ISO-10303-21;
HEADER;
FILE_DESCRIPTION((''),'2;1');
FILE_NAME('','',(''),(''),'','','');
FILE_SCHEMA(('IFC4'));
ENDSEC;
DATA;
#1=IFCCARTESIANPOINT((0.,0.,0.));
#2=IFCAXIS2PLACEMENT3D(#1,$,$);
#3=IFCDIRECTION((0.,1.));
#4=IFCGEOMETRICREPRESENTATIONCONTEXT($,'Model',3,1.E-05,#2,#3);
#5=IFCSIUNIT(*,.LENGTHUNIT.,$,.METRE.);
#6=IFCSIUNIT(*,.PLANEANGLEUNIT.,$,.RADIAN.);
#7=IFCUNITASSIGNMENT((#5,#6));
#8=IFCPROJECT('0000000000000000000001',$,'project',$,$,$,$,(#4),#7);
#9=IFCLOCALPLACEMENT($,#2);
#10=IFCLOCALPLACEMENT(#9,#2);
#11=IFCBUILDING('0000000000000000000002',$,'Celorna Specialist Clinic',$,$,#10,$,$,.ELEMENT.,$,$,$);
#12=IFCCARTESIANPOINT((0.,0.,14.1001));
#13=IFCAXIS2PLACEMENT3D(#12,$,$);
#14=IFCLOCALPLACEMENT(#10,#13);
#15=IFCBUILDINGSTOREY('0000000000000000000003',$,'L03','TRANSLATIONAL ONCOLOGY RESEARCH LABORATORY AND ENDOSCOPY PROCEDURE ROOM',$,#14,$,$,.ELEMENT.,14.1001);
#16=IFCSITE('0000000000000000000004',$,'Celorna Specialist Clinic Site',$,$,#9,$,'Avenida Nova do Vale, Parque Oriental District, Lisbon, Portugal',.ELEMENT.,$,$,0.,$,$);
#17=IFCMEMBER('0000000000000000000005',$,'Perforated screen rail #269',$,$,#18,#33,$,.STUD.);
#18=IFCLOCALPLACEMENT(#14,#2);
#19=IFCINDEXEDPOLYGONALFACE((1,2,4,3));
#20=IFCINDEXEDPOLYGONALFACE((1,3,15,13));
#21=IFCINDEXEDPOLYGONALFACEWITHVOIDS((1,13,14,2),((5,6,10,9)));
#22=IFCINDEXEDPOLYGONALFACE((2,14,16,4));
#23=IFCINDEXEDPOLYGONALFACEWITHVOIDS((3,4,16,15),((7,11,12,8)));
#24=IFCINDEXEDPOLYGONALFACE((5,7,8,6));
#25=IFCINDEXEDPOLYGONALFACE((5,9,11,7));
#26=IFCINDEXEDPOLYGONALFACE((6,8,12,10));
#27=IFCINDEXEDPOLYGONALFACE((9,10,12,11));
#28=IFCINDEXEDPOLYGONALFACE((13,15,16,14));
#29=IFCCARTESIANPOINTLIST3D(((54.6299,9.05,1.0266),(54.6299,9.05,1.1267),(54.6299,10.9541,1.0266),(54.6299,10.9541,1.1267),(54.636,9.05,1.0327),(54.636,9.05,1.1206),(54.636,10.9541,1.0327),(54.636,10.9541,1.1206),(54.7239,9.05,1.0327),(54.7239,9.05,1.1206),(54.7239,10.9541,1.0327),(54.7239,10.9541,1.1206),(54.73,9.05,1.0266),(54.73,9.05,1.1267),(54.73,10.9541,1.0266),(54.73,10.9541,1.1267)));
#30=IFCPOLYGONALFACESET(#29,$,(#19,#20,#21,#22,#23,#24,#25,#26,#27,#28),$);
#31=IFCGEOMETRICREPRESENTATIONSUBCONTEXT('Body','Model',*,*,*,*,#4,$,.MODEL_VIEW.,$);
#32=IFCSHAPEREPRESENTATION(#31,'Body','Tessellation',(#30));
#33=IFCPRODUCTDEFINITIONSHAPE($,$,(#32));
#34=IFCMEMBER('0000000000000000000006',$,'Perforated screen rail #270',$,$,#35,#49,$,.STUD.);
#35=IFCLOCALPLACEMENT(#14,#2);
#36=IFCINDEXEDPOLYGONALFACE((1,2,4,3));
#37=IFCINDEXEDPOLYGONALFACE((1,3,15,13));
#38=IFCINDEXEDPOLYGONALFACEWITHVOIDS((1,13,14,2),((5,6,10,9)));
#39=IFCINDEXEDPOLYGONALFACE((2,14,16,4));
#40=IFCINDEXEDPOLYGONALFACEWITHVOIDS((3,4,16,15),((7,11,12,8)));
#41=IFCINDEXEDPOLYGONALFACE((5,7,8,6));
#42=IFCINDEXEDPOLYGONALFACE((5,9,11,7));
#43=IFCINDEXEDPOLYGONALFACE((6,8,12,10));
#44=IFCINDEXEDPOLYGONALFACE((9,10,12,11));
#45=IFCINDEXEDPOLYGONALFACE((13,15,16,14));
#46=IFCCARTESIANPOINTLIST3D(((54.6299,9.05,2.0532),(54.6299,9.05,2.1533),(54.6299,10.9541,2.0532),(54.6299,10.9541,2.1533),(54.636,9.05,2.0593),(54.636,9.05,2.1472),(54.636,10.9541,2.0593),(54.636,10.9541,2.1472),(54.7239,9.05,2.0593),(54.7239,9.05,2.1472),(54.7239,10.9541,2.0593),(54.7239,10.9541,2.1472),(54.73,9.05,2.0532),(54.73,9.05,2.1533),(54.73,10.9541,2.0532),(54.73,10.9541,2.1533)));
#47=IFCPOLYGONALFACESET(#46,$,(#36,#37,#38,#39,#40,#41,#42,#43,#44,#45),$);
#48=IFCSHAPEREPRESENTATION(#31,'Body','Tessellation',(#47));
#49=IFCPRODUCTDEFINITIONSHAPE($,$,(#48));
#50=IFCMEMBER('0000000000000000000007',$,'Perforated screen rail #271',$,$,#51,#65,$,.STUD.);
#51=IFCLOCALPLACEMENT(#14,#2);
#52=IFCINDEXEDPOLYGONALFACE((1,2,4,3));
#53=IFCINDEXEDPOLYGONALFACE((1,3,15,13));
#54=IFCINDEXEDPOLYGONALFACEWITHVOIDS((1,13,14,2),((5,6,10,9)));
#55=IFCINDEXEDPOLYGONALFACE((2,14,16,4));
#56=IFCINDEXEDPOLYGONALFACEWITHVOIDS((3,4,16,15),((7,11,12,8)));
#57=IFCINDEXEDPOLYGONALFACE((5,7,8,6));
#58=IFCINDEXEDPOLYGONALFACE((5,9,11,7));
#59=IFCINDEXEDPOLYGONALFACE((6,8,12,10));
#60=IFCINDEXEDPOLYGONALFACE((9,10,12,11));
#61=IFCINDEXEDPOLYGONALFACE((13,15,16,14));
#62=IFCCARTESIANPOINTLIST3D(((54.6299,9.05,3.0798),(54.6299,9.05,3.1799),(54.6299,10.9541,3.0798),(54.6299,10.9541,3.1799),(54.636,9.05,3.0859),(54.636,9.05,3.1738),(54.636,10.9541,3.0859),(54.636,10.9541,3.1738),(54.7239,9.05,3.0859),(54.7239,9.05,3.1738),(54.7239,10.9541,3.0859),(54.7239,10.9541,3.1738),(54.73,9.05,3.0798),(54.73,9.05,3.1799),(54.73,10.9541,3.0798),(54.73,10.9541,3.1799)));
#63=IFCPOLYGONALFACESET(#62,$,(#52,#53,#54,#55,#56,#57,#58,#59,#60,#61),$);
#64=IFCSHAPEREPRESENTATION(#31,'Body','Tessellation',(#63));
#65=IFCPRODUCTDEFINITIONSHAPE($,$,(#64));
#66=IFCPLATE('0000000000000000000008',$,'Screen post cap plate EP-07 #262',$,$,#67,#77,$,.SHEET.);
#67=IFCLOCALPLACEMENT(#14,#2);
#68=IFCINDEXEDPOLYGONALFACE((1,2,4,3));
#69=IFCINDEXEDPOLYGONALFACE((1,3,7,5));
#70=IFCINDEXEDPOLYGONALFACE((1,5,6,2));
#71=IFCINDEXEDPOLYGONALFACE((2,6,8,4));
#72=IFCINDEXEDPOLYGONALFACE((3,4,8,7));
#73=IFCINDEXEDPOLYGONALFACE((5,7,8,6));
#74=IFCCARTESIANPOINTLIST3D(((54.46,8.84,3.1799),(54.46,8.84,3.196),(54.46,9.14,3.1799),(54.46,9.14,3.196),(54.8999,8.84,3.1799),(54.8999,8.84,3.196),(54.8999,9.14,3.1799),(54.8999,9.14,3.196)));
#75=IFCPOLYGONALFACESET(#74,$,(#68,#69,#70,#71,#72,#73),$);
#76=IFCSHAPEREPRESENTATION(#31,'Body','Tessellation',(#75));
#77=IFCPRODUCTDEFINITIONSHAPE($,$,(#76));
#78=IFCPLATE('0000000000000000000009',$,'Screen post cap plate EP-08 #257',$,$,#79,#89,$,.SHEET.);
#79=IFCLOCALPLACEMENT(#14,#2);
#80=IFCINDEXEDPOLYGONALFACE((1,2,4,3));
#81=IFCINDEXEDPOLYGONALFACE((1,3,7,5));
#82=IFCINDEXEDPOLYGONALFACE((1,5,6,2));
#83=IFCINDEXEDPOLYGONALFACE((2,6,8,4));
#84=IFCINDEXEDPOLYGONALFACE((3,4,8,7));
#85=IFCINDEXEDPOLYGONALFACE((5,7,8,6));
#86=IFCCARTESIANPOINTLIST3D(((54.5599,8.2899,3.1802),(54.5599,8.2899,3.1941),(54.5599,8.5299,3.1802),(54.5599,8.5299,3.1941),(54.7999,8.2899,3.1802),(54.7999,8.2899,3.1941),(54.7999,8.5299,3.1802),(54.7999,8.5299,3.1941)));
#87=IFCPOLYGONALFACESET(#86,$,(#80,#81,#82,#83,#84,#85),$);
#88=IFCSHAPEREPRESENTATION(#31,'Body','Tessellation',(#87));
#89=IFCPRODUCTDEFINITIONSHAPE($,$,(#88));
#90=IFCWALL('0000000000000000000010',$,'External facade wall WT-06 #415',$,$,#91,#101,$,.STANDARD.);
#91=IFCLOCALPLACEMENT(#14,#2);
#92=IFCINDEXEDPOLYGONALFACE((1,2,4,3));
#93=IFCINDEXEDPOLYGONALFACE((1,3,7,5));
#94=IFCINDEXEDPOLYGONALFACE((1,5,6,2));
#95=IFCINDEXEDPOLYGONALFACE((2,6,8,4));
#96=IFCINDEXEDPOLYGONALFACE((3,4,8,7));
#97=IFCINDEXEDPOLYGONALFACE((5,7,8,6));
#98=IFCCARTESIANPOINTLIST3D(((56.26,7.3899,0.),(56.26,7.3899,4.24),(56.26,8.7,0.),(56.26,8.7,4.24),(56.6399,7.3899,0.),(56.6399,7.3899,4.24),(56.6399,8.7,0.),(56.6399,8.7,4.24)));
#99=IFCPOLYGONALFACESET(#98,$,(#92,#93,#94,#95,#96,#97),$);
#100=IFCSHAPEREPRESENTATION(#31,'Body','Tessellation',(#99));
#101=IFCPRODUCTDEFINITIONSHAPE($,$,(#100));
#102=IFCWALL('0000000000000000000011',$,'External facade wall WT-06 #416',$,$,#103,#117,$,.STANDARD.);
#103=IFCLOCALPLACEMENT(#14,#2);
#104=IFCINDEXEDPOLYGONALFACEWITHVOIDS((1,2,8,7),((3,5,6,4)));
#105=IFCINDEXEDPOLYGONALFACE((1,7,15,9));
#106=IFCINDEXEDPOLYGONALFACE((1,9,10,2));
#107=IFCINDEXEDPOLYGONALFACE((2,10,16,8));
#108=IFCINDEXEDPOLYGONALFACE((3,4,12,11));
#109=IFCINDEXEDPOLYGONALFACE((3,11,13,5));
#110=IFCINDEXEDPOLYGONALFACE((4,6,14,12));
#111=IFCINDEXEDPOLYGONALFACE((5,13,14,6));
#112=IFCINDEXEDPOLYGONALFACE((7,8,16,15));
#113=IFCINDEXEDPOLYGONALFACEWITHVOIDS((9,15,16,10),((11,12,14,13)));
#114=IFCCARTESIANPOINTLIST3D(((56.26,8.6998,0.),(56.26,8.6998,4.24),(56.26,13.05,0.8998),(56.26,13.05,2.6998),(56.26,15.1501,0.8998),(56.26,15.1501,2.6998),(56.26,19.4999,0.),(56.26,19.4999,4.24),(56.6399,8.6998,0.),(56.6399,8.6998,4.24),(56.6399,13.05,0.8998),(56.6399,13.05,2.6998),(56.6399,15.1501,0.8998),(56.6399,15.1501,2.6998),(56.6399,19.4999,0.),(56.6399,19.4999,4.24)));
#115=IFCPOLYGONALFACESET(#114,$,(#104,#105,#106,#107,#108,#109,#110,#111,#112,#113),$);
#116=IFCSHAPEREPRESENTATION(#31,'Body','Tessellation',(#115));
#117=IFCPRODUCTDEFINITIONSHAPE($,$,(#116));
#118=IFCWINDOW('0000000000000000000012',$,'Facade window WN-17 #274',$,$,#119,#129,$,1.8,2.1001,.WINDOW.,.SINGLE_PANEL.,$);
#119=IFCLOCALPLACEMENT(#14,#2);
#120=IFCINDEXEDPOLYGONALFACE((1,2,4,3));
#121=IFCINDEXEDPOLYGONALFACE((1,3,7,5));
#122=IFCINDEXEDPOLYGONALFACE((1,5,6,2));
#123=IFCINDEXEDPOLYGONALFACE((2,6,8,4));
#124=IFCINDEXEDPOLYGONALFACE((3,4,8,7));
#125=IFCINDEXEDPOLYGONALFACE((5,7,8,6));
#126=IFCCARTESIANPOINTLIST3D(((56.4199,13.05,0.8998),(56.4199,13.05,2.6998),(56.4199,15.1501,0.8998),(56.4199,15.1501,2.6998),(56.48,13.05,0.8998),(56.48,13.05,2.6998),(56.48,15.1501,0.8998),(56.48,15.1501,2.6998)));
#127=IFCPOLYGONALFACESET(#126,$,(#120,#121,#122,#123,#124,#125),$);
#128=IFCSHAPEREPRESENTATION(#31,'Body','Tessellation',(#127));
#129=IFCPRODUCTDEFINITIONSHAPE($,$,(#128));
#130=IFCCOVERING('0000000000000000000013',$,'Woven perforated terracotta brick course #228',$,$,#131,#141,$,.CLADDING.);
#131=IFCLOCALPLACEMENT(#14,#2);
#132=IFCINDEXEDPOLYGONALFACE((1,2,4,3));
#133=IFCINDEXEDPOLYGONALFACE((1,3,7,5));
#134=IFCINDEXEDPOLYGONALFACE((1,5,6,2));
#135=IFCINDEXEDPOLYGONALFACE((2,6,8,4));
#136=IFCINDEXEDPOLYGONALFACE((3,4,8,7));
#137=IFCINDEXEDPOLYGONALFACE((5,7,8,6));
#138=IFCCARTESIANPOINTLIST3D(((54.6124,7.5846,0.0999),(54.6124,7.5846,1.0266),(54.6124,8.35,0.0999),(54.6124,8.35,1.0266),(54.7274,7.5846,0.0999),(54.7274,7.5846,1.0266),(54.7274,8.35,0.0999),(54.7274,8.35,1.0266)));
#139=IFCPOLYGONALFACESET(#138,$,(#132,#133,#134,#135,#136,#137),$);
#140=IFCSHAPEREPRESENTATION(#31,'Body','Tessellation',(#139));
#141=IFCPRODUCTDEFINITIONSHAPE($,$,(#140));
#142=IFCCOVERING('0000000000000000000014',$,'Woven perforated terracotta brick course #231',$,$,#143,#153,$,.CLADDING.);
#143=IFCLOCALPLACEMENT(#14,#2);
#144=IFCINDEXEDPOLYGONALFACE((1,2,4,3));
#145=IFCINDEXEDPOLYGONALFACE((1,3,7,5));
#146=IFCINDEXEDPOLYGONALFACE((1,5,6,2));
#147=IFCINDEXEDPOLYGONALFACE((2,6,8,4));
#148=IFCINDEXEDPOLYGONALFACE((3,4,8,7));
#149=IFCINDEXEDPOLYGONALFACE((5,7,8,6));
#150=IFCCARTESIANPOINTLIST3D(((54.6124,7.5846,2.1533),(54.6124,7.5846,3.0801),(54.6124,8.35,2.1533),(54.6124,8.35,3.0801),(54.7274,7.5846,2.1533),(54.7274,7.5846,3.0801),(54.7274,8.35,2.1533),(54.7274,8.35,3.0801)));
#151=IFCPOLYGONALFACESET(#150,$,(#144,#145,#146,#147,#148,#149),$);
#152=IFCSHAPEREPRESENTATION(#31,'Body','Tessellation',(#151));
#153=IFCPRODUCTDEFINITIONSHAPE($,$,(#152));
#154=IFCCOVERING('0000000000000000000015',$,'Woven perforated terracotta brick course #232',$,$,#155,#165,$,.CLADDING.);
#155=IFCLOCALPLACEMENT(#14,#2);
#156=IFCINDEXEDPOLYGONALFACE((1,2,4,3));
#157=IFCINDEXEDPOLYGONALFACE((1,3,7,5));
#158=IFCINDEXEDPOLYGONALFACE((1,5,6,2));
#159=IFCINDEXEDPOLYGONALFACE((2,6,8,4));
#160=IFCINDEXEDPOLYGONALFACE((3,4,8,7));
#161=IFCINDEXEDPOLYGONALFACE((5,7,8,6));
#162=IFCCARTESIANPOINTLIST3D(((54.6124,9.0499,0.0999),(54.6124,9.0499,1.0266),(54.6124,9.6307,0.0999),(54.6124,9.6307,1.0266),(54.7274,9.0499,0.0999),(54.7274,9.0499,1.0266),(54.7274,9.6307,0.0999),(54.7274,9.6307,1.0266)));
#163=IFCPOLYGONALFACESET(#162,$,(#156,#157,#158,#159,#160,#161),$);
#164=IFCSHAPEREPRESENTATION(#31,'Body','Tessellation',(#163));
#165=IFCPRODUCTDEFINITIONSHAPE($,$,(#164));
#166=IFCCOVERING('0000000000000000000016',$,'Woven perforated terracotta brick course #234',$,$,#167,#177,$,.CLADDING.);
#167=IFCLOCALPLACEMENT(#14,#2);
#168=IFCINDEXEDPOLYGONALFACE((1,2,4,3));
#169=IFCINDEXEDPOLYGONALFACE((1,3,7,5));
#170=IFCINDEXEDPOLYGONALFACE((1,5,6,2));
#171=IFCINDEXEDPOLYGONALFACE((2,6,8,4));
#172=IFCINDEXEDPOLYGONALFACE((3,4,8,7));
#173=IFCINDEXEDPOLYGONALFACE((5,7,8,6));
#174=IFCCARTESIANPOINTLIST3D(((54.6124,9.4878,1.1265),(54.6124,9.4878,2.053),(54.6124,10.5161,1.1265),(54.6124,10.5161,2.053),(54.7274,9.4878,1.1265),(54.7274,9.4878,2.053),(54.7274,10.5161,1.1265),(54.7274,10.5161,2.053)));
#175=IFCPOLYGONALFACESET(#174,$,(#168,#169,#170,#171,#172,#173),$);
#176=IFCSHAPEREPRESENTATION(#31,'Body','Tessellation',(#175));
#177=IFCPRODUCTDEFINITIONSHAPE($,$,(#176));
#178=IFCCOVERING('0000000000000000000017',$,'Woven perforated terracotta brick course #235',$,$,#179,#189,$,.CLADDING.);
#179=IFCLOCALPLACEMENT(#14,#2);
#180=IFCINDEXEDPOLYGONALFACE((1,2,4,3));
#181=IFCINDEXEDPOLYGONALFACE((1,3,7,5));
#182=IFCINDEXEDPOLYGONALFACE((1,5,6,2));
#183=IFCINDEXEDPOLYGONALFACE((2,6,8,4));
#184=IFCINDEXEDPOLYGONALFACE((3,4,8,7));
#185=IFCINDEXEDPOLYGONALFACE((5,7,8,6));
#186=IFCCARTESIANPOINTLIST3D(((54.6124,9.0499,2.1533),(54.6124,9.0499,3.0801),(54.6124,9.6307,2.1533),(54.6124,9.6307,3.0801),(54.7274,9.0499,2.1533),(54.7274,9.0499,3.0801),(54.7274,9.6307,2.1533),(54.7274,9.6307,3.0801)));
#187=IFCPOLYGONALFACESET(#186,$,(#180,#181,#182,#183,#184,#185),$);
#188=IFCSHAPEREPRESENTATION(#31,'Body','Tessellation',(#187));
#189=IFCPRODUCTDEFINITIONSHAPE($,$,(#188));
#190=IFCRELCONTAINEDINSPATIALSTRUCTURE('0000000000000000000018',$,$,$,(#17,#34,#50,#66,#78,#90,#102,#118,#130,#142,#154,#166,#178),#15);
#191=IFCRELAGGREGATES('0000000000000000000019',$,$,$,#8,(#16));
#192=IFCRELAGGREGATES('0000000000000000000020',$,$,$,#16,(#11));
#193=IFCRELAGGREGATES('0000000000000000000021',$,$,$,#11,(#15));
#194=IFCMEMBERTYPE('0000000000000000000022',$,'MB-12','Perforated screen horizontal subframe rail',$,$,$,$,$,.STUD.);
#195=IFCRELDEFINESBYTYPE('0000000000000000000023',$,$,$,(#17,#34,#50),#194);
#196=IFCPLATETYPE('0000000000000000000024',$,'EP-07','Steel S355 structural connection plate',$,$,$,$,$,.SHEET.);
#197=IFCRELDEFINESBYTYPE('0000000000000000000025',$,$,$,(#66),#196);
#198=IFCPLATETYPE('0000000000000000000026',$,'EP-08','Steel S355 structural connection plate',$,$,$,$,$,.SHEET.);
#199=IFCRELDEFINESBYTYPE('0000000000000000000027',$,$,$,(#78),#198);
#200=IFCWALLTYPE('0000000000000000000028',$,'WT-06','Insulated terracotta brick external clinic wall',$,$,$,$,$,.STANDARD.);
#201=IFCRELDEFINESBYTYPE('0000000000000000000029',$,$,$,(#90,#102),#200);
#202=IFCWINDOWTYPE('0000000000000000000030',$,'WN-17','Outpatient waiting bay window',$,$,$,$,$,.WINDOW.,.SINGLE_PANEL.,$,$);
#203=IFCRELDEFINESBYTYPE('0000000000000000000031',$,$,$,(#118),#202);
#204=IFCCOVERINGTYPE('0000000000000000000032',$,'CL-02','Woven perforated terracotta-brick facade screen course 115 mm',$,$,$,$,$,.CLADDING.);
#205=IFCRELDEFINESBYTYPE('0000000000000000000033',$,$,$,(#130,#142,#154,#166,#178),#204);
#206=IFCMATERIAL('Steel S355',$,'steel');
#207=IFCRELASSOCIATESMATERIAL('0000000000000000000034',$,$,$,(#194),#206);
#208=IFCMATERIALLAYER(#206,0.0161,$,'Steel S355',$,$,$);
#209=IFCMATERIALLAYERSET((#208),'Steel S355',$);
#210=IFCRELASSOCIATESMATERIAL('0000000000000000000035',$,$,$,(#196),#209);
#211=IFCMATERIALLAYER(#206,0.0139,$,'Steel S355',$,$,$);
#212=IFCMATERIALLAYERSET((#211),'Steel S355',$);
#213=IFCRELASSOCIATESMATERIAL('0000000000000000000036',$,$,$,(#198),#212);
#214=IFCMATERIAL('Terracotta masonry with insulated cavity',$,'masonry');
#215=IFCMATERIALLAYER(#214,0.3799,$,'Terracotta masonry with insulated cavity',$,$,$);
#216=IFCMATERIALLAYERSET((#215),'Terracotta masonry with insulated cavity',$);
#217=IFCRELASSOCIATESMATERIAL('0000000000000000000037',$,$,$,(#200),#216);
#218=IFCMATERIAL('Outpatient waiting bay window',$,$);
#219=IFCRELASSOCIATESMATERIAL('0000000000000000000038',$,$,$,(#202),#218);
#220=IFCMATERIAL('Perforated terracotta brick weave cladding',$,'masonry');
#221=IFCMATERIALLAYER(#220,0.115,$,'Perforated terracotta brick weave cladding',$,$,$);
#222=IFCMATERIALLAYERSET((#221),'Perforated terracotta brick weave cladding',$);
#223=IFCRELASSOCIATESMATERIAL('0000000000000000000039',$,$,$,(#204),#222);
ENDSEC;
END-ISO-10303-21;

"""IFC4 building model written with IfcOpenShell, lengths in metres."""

from ifc_helpers import new_model, si_unit, direction, frame, frame_2d, origin, origin_2d, place, context, subcontext, project, spatial, rectangle, hollow_rectangle, extrude, material, layer, layer_set, material_profile, profile_set, type_object, element, fill, save


model = new_model("IFC4")

# Units and contexts
model_context = context("Model", 3, precision=1e-05, world=origin(), true_north=direction((0.0, 1.0)))
body_context = subcontext(model_context, "Body", "Model", "MODEL_VIEW")
ifc_project = project(units=[si_unit("LENGTHUNIT", "METRE"), si_unit("PLANEANGLEUNIT", "RADIAN")], contexts=[model_context])

# Site, building, storey
site_placement = place(None, origin())
site = spatial("IfcSite", under=ifc_project, at=site_placement, Name="Celorna Specialist Clinic Site", LongName="Avenida Nova do Vale, Parque Oriental District, Lisbon, Portugal", CompositionType="ELEMENT", RefElevation=0.0)
building_placement = place(site_placement, origin())
building = spatial("IfcBuilding", under=site, at=building_placement, Name="Celorna Specialist Clinic", CompositionType="ELEMENT")
storey_placement = place(building_placement, frame((0.0, 0.0, 14.1001)))
storey = spatial("IfcBuildingStorey", under=building, at=storey_placement, Name="L03", Description="TRANSLATIONAL ONCOLOGY RESEARCH LABORATORY AND ENDOSCOPY PROCEDURE ROOM", CompositionType="ELEMENT", Elevation=14.1001)

# Shared definitions
ifc_material_1 = material(Name="Steel S355", Category="steel")

# Members
ifc_material_profile_1 = material_profile(ifc_material_1, hollow_rectangle(XDim=0.1001, YDim=0.1001, WallThickness=0.0061, at=origin_2d()), Name="SHS 100x100x6")
ifc_profile_set_1 = profile_set([ifc_material_profile_1], Name="Steel S355")
member_type_1 = type_object("IfcMemberType", Name="MB-12", Description="Perforated screen horizontal subframe rail", PredefinedType="STUD", material=ifc_profile_set_1)
for number, where, z_axis, x_axis, name in (
    (1, (54.6799, 9.05, 1.0767), (0.0, 1.0, 0.0), (-1.0, 0.0, 0.0), "Perforated screen rail #269"),
    (2, (54.6799, 9.05, 2.1033), (0.0, 1.0, 0.0), (-1.0, 0.0, 0.0), "Perforated screen rail #270"),
    (3, (54.6799, 9.05, 3.1299), (0.0, 1.0, 0.0), (-1.0, 0.0, 0.0), "Perforated screen rail #271"),
):
    element("IfcMember", number, at=place(storey_placement, frame(where, z_axis=z_axis, x_axis=x_axis)), inside=storey, type_object=member_type_1, Name=name, PredefinedType="STUD", context=body_context, shape_type="SweptSolid", body=[
        extrude(hollow_rectangle(XDim=0.1001, YDim=0.1001, WallThickness=0.0061, at=origin_2d()), origin(), (0.0, 0.0, 1.0), 1.9041),
    ])

# Plates
ifc_layer_1 = layer(ifc_material_1, 0.0161, Name="Steel S355")
ifc_layer_set_1 = layer_set([ifc_layer_1], Name="Steel S355")
plate_type_1 = type_object("IfcPlateType", Name="EP-07", Description="Steel S355 structural connection plate", PredefinedType="SHEET", material=ifc_layer_set_1)
plate_1_placement = place(storey_placement, frame((54.6799, 8.99, 3.1799), z_axis=(0.0, 0.0, 1.0), x_axis=(0.0, 1.0, 0.0)))
element("IfcPlate", 4, at=plate_1_placement, inside=storey, type_object=plate_type_1, Name="Screen post cap plate EP-07 #262", PredefinedType="SHEET", context=body_context, shape_type="SweptSolid", body=[
    extrude(rectangle(XDim=0.3, YDim=0.4399, at=origin_2d()), origin(), (0.0, 0.0, 1.0), 0.0161),
])
ifc_layer_2 = layer(ifc_material_1, 0.0139, Name="Steel S355")
ifc_layer_set_2 = layer_set([ifc_layer_2], Name="Steel S355")
plate_type_2 = type_object("IfcPlateType", Name="EP-08", Description="Steel S355 structural connection plate", PredefinedType="SHEET", material=ifc_layer_set_2)
plate_2_placement = place(storey_placement, frame((54.6799, 8.4099, 3.1802), z_axis=(0.0, 0.0, 1.0), x_axis=(0.0, 1.0, 0.0)))
element("IfcPlate", 5, at=plate_2_placement, inside=storey, type_object=plate_type_2, Name="Screen post cap plate EP-08 #257", PredefinedType="SHEET", context=body_context, shape_type="SweptSolid", body=[
    extrude(rectangle(XDim=0.24, YDim=0.24, at=origin_2d()), origin(), (0.0, 0.0, 1.0), 0.0139),
])

# Wall
ifc_material_2 = material(Name="Terracotta masonry with insulated cavity", Category="masonry")
ifc_layer_3 = layer(ifc_material_2, 0.3799, Name="Terracotta masonry with insulated cavity")
ifc_layer_set_3 = layer_set([ifc_layer_3], Name="Terracotta masonry with insulated cavity")
wall_type = type_object("IfcWallType", Name="WT-06", Description="Insulated terracotta brick external clinic wall", PredefinedType="STANDARD", material=ifc_layer_set_3)
wall_1_placement = place(storey_placement, frame((56.45, 7.3899, 0.0), z_axis=(0.0, 0.0, 1.0), x_axis=(0.0, 1.0, 0.0)))
element("IfcWall", 6, at=wall_1_placement, inside=storey, type_object=wall_type, Name="External facade wall WT-06 #415", PredefinedType="STANDARD", context=body_context, shape_type="SweptSolid", body=[
    extrude(rectangle(XDim=1.3101, YDim=0.3799, at=frame_2d((0.655, 0.0))), origin(), (0.0, 0.0, 1.0), 4.24),
])

# Wall, opening, window
wall_2_placement = place(storey_placement, frame((56.45, 8.7, 0.0), z_axis=(0.0, 0.0, 1.0), x_axis=(0.0, 1.0, 0.0)))
wall_2 = element("IfcWall", 7, at=wall_2_placement, inside=storey, type_object=wall_type, Name="External facade wall WT-06 #416", PredefinedType="STANDARD", context=body_context, shape_type="SweptSolid", body=[
    extrude(rectangle(XDim=10.8, YDim=0.3799, at=frame_2d((5.3999, 0.0))), origin(), (0.0, 0.0, 1.0), 4.24),
])
opening_placement = place(wall_2_placement, frame((4.3501, 0.0, 0.8999)))
opening = element("IfcOpeningElement", 8, at=opening_placement, cuts=wall_2, PredefinedType="OPENING", context=body_context, shape_type="SweptSolid", body=[
    extrude(rectangle(XDim=2.1001, YDim=1.8, at=frame_2d((1.05, 0.8999))), frame((0.0, 0.2, 0.0), z_axis=(0.0, -1.0, 0.0), x_axis=(1.0, 0.0, 0.0)), (0.0, 0.0, 1.0), 0.3999),
])
ifc_material_3 = material(Name="Outpatient waiting bay window")
window_type = type_object("IfcWindowType", Name="WN-17", Description="Outpatient waiting bay window", PartitioningType="SINGLE_PANEL", PredefinedType="WINDOW", material=ifc_material_3)
window_placement = place(opening_placement, origin())
window = element("IfcWindow", 9, at=window_placement, inside=storey, type_object=window_type, Name="Facade window WN-17 #274", OverallHeight=1.8, OverallWidth=2.1001, PartitioningType="SINGLE_PANEL", PredefinedType="WINDOW", context=body_context, shape_type="SweptSolid", body=[
    extrude(rectangle(XDim=2.1001, YDim=1.8, at=frame_2d((1.05, 0.8999))), frame((0.0, 0.03, 0.0), z_axis=(0.0, -1.0, 0.0), x_axis=(1.0, 0.0, 0.0)), (0.0, 0.0, 1.0), 0.0601),
])
fill(opening, window)

# Coverings
ifc_material_4 = material(Name="Perforated terracotta brick weave cladding", Category="masonry")
ifc_layer_4 = layer(ifc_material_4, 0.115, Name="Perforated terracotta brick weave cladding")
ifc_layer_set_4 = layer_set([ifc_layer_4], Name="Perforated terracotta brick weave cladding")
covering_type = type_object("IfcCoveringType", Name="CL-02", Description="Woven perforated terracotta-brick facade screen course 115 mm", PredefinedType="CLADDING", material=ifc_layer_set_4)
for number, where, z_axis, x_axis, name in (
    (10, (54.6699, 7.9673, 0.0999), (0.0, 0.0, 1.0), (0.0, 1.0, 0.0), "Woven perforated terracotta brick course #228"),
    (11, (54.6699, 7.9673, 2.1533), (0.0, 0.0, 1.0), (0.0, 1.0, 0.0), "Woven perforated terracotta brick course #231"),
):
    element("IfcCovering", number, at=place(storey_placement, frame(where, z_axis=z_axis, x_axis=x_axis)), inside=storey, type_object=covering_type, Name=name, PredefinedType="CLADDING", context=body_context, shape_type="SweptSolid", body=[
        extrude(rectangle(XDim=0.7654, YDim=0.115, at=origin_2d()), origin(), (0.0, 0.0, 1.0), 0.9268),
    ])
covering_1_placement = place(storey_placement, frame((54.6699, 9.3403, 0.0999), z_axis=(0.0, 0.0, 1.0), x_axis=(0.0, 1.0, 0.0)))
element("IfcCovering", 12, at=covering_1_placement, inside=storey, type_object=covering_type, Name="Woven perforated terracotta brick course #232", PredefinedType="CLADDING", context=body_context, shape_type="SweptSolid", body=[
    extrude(rectangle(XDim=0.5808, YDim=0.115, at=origin_2d()), origin(), (0.0, 0.0, 1.0), 0.9268),
])
covering_2_placement = place(storey_placement, frame((54.6699, 10.002, 1.1265), z_axis=(0.0, 0.0, 1.0), x_axis=(0.0, 1.0, 0.0)))
element("IfcCovering", 13, at=covering_2_placement, inside=storey, type_object=covering_type, Name="Woven perforated terracotta brick course #234", PredefinedType="CLADDING", context=body_context, shape_type="SweptSolid", body=[
    extrude(rectangle(XDim=1.0283, YDim=0.115, at=origin_2d()), origin(), (0.0, 0.0, 1.0), 0.9265),
])
covering_3_placement = place(storey_placement, frame((54.6699, 9.3403, 2.1533), z_axis=(0.0, 0.0, 1.0), x_axis=(0.0, 1.0, 0.0)))
element("IfcCovering", 14, at=covering_3_placement, inside=storey, type_object=covering_type, Name="Woven perforated terracotta brick course #235", PredefinedType="CLADDING", context=body_context, shape_type="SweptSolid", body=[
    extrude(rectangle(XDim=0.5808, YDim=0.115, at=origin_2d()), origin(), (0.0, 0.0, 1.0), 0.9268),
])

save(model, "model.ifc")
